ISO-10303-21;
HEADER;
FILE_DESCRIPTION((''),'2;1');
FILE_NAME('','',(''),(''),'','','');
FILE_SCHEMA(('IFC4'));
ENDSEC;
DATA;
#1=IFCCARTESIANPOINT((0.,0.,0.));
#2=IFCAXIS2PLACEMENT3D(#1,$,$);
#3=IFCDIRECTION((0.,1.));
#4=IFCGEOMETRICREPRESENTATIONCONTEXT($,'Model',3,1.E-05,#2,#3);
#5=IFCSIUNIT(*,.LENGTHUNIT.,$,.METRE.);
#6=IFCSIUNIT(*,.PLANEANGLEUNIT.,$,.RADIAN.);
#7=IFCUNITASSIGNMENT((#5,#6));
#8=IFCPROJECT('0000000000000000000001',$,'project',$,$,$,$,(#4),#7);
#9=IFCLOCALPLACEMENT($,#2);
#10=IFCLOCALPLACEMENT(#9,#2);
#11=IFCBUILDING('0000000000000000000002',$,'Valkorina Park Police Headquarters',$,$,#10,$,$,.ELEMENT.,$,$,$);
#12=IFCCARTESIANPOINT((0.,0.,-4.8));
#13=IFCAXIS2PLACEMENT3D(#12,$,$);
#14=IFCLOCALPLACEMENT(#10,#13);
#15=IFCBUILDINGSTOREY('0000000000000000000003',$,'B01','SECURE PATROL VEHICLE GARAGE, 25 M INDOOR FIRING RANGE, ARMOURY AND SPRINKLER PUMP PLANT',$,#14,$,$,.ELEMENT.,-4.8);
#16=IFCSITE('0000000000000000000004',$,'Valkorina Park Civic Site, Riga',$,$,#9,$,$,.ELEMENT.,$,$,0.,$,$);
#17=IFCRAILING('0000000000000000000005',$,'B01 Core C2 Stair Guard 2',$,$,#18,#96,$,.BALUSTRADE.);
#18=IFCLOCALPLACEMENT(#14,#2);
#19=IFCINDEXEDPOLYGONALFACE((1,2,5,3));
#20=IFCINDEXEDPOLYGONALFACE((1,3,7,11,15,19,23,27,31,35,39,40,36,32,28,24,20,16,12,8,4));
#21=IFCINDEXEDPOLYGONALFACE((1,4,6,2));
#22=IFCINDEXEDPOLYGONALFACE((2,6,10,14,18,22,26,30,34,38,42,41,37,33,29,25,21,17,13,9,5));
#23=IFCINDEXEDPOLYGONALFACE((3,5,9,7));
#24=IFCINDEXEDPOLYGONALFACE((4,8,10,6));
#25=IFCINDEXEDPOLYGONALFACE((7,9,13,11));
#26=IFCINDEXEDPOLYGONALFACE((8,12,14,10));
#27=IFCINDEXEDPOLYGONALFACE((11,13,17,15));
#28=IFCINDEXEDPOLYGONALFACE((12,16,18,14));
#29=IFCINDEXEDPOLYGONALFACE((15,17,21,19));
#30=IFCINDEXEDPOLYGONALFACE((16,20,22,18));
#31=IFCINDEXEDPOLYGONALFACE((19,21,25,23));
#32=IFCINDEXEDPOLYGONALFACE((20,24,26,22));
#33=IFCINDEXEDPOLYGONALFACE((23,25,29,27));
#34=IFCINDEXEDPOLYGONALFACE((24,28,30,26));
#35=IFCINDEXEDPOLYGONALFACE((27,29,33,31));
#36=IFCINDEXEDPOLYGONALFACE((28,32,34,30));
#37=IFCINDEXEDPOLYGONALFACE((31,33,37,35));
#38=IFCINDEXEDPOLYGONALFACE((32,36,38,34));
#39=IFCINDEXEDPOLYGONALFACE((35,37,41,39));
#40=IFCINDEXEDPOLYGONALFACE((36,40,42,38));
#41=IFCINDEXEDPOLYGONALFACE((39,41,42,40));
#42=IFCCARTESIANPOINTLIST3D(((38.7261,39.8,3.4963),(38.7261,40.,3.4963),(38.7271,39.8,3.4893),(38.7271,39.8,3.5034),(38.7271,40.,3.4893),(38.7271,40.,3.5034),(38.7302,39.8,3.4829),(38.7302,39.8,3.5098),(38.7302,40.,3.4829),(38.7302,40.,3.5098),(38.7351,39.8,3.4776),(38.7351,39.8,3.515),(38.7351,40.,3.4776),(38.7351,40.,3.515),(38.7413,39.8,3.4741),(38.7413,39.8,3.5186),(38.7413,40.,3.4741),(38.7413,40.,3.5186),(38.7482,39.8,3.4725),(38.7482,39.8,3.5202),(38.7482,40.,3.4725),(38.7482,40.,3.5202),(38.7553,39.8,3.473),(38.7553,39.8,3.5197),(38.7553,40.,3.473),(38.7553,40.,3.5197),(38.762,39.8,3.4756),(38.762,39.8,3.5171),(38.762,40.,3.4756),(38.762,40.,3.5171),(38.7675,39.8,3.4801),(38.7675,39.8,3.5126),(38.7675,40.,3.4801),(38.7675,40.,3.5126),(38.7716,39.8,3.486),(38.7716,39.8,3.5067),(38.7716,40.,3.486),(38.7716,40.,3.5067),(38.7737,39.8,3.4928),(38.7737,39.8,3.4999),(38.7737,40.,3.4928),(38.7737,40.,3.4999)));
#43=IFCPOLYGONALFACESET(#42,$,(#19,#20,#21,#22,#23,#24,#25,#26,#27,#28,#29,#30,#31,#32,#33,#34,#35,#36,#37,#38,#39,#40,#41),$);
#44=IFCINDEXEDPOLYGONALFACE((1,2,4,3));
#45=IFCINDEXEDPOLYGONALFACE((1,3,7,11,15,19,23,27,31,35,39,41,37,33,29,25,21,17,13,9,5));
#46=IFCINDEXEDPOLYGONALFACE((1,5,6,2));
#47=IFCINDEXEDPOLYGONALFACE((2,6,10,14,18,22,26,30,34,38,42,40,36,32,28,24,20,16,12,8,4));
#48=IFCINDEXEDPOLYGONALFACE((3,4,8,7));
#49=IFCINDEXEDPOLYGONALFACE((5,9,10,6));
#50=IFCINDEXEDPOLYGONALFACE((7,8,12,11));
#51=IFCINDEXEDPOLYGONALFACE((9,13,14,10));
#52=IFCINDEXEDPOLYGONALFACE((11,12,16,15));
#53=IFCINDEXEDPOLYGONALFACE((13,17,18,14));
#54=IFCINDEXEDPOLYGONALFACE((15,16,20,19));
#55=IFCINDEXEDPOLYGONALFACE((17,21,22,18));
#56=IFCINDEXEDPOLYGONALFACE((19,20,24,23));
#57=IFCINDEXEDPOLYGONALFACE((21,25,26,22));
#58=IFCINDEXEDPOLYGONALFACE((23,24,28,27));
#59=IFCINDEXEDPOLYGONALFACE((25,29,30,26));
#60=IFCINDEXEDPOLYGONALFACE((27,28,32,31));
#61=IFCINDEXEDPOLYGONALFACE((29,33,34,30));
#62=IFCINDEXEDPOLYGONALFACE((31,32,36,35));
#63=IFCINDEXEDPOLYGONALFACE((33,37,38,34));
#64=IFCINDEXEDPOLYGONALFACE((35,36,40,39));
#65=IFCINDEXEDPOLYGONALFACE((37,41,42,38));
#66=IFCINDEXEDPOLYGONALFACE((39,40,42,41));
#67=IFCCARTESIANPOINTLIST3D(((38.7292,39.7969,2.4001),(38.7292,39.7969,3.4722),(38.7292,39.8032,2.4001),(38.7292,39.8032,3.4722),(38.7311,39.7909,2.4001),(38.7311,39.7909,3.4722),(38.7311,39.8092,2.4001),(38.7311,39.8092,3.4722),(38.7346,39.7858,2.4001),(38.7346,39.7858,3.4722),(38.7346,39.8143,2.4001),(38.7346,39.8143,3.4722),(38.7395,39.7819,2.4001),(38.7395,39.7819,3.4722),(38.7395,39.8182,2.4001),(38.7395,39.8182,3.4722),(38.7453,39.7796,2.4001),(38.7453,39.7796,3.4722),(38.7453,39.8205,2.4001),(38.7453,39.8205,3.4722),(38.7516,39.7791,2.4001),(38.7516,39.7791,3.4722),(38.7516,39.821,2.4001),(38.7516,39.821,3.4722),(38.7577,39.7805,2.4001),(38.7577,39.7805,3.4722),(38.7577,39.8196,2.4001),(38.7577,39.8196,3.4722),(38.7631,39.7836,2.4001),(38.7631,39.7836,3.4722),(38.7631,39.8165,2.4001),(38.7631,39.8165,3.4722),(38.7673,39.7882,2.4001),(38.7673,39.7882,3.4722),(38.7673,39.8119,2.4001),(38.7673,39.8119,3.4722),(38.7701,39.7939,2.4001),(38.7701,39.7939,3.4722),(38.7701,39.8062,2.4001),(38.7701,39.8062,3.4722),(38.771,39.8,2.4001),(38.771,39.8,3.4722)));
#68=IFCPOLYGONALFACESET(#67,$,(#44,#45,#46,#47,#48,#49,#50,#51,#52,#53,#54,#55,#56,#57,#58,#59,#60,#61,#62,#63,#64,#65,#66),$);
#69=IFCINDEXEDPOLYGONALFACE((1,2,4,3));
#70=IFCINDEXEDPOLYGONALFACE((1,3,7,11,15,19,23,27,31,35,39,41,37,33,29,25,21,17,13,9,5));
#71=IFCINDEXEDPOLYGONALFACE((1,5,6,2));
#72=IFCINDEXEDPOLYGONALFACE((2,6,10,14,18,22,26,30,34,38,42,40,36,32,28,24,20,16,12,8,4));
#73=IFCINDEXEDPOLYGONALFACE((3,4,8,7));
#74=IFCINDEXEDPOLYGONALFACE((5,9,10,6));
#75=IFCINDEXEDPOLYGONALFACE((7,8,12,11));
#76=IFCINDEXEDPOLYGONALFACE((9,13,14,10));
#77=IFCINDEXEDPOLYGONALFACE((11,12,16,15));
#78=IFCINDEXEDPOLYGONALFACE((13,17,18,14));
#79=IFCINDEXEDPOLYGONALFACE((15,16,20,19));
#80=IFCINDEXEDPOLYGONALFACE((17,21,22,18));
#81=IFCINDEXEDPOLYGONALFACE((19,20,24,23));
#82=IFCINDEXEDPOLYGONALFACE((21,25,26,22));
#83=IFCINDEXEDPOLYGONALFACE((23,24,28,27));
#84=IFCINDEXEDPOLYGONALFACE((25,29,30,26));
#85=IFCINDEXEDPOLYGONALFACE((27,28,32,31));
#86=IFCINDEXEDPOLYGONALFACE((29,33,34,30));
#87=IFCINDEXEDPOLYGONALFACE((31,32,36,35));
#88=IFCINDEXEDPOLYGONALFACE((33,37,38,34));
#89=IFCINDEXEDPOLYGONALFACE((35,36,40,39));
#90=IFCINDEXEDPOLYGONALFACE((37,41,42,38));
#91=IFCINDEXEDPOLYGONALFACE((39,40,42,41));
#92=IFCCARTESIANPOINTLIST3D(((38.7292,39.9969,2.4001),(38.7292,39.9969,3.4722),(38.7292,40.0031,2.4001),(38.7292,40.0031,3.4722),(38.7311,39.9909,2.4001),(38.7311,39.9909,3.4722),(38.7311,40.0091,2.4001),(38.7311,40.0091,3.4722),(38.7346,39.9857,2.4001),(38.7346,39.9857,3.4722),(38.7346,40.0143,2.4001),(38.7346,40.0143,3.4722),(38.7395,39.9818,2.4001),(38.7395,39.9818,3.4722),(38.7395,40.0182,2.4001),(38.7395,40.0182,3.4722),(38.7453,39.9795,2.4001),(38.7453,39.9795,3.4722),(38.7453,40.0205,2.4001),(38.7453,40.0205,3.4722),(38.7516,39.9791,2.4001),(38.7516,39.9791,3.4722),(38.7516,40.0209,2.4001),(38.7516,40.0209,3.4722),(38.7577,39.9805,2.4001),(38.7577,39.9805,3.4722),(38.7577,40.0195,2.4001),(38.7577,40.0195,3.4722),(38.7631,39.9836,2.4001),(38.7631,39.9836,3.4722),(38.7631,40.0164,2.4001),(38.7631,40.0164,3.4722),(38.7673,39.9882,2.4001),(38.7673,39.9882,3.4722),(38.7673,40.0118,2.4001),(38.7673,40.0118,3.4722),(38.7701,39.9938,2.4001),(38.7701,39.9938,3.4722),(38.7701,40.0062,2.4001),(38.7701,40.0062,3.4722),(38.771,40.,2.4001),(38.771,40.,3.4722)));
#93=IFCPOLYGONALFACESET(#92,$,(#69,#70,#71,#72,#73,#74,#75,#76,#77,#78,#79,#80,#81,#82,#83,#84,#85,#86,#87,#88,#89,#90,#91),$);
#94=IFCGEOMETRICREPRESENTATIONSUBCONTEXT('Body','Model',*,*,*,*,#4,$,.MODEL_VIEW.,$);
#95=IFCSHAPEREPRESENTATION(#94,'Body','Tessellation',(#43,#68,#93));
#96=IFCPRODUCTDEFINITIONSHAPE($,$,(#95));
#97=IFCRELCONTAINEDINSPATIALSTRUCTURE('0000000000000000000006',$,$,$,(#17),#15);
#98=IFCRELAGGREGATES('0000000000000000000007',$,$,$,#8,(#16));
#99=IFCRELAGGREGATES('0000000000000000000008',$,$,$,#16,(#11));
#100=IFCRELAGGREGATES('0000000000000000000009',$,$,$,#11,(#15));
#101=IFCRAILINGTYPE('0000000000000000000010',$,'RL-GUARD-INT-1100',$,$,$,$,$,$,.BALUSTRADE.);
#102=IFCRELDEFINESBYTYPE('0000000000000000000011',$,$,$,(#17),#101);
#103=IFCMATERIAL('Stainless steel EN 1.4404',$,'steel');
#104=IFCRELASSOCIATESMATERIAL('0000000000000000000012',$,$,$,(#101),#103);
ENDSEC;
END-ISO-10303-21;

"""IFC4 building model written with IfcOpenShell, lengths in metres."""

from ifc_helpers import new_model, si_unit, direction, frame, origin, origin_2d, place, context, subcontext, project, spatial, circle, extrude, material, type_object, element, save


model = new_model("IFC4")

# Units and contexts
model_context = context("Model", 3, precision=1e-05, world=origin(), true_north=direction((0.0, 1.0)))
body_context = subcontext(model_context, "Body", "Model", "MODEL_VIEW")
ifc_project = project(units=[si_unit("LENGTHUNIT", "METRE"), si_unit("PLANEANGLEUNIT", "RADIAN")], contexts=[model_context])

# Site, building, storey
site_placement = place(None, origin())
site = spatial("IfcSite", under=ifc_project, at=site_placement, Name="Valkorina Park Civic Site, Riga", CompositionType="ELEMENT", RefElevation=0.0)
building_placement = place(site_placement, origin())
building = spatial("IfcBuilding", under=site, at=building_placement, Name="Valkorina Park Police Headquarters", CompositionType="ELEMENT")
storey_placement = place(building_placement, frame((0.0, 0.0, -4.8)))
storey = spatial("IfcBuildingStorey", under=building, at=storey_placement, Name="B01", Description="SECURE PATROL VEHICLE GARAGE, 25 M INDOOR FIRING RANGE, ARMOURY AND SPRINKLER PUMP PLANT", CompositionType="ELEMENT", Elevation=-4.8)

# Shared definitions
ifc_material_1 = material(Name="Stainless steel EN 1.4404", Category="steel")

# Railing
railing_type_1 = type_object("IfcRailingType", Name="RL-GUARD-INT-1100", PredefinedType="BALUSTRADE", material=ifc_material_1)
railing_1_placement = place(storey_placement, frame((38.75, 39.8, 2.4001)))
element("IfcRailing", 1, at=railing_1_placement, inside=storey, type_object=railing_type_1, Name="B01 Core C2 Stair Guard 2", PredefinedType="BALUSTRADE", context=body_context, shape_type="SweptSolid", body=[
    extrude(circle(Radius=0.0239, at=origin_2d()), frame((0.0, 0.0, 1.0962), z_axis=(0.0, 1.0, 0.0), x_axis=(-1.0, 0.0, 0.0)), (0.0, 0.0, 1.0), 0.2),
    extrude(circle(Radius=0.021, at=origin_2d()), origin(), (0.0, 0.0, 1.0), 1.072),
    extrude(circle(Radius=0.021, at=origin_2d()), frame((0.0, 0.2, 0.0)), (0.0, 0.0, 1.0), 1.072),
])

save(model, "model.ifc")
